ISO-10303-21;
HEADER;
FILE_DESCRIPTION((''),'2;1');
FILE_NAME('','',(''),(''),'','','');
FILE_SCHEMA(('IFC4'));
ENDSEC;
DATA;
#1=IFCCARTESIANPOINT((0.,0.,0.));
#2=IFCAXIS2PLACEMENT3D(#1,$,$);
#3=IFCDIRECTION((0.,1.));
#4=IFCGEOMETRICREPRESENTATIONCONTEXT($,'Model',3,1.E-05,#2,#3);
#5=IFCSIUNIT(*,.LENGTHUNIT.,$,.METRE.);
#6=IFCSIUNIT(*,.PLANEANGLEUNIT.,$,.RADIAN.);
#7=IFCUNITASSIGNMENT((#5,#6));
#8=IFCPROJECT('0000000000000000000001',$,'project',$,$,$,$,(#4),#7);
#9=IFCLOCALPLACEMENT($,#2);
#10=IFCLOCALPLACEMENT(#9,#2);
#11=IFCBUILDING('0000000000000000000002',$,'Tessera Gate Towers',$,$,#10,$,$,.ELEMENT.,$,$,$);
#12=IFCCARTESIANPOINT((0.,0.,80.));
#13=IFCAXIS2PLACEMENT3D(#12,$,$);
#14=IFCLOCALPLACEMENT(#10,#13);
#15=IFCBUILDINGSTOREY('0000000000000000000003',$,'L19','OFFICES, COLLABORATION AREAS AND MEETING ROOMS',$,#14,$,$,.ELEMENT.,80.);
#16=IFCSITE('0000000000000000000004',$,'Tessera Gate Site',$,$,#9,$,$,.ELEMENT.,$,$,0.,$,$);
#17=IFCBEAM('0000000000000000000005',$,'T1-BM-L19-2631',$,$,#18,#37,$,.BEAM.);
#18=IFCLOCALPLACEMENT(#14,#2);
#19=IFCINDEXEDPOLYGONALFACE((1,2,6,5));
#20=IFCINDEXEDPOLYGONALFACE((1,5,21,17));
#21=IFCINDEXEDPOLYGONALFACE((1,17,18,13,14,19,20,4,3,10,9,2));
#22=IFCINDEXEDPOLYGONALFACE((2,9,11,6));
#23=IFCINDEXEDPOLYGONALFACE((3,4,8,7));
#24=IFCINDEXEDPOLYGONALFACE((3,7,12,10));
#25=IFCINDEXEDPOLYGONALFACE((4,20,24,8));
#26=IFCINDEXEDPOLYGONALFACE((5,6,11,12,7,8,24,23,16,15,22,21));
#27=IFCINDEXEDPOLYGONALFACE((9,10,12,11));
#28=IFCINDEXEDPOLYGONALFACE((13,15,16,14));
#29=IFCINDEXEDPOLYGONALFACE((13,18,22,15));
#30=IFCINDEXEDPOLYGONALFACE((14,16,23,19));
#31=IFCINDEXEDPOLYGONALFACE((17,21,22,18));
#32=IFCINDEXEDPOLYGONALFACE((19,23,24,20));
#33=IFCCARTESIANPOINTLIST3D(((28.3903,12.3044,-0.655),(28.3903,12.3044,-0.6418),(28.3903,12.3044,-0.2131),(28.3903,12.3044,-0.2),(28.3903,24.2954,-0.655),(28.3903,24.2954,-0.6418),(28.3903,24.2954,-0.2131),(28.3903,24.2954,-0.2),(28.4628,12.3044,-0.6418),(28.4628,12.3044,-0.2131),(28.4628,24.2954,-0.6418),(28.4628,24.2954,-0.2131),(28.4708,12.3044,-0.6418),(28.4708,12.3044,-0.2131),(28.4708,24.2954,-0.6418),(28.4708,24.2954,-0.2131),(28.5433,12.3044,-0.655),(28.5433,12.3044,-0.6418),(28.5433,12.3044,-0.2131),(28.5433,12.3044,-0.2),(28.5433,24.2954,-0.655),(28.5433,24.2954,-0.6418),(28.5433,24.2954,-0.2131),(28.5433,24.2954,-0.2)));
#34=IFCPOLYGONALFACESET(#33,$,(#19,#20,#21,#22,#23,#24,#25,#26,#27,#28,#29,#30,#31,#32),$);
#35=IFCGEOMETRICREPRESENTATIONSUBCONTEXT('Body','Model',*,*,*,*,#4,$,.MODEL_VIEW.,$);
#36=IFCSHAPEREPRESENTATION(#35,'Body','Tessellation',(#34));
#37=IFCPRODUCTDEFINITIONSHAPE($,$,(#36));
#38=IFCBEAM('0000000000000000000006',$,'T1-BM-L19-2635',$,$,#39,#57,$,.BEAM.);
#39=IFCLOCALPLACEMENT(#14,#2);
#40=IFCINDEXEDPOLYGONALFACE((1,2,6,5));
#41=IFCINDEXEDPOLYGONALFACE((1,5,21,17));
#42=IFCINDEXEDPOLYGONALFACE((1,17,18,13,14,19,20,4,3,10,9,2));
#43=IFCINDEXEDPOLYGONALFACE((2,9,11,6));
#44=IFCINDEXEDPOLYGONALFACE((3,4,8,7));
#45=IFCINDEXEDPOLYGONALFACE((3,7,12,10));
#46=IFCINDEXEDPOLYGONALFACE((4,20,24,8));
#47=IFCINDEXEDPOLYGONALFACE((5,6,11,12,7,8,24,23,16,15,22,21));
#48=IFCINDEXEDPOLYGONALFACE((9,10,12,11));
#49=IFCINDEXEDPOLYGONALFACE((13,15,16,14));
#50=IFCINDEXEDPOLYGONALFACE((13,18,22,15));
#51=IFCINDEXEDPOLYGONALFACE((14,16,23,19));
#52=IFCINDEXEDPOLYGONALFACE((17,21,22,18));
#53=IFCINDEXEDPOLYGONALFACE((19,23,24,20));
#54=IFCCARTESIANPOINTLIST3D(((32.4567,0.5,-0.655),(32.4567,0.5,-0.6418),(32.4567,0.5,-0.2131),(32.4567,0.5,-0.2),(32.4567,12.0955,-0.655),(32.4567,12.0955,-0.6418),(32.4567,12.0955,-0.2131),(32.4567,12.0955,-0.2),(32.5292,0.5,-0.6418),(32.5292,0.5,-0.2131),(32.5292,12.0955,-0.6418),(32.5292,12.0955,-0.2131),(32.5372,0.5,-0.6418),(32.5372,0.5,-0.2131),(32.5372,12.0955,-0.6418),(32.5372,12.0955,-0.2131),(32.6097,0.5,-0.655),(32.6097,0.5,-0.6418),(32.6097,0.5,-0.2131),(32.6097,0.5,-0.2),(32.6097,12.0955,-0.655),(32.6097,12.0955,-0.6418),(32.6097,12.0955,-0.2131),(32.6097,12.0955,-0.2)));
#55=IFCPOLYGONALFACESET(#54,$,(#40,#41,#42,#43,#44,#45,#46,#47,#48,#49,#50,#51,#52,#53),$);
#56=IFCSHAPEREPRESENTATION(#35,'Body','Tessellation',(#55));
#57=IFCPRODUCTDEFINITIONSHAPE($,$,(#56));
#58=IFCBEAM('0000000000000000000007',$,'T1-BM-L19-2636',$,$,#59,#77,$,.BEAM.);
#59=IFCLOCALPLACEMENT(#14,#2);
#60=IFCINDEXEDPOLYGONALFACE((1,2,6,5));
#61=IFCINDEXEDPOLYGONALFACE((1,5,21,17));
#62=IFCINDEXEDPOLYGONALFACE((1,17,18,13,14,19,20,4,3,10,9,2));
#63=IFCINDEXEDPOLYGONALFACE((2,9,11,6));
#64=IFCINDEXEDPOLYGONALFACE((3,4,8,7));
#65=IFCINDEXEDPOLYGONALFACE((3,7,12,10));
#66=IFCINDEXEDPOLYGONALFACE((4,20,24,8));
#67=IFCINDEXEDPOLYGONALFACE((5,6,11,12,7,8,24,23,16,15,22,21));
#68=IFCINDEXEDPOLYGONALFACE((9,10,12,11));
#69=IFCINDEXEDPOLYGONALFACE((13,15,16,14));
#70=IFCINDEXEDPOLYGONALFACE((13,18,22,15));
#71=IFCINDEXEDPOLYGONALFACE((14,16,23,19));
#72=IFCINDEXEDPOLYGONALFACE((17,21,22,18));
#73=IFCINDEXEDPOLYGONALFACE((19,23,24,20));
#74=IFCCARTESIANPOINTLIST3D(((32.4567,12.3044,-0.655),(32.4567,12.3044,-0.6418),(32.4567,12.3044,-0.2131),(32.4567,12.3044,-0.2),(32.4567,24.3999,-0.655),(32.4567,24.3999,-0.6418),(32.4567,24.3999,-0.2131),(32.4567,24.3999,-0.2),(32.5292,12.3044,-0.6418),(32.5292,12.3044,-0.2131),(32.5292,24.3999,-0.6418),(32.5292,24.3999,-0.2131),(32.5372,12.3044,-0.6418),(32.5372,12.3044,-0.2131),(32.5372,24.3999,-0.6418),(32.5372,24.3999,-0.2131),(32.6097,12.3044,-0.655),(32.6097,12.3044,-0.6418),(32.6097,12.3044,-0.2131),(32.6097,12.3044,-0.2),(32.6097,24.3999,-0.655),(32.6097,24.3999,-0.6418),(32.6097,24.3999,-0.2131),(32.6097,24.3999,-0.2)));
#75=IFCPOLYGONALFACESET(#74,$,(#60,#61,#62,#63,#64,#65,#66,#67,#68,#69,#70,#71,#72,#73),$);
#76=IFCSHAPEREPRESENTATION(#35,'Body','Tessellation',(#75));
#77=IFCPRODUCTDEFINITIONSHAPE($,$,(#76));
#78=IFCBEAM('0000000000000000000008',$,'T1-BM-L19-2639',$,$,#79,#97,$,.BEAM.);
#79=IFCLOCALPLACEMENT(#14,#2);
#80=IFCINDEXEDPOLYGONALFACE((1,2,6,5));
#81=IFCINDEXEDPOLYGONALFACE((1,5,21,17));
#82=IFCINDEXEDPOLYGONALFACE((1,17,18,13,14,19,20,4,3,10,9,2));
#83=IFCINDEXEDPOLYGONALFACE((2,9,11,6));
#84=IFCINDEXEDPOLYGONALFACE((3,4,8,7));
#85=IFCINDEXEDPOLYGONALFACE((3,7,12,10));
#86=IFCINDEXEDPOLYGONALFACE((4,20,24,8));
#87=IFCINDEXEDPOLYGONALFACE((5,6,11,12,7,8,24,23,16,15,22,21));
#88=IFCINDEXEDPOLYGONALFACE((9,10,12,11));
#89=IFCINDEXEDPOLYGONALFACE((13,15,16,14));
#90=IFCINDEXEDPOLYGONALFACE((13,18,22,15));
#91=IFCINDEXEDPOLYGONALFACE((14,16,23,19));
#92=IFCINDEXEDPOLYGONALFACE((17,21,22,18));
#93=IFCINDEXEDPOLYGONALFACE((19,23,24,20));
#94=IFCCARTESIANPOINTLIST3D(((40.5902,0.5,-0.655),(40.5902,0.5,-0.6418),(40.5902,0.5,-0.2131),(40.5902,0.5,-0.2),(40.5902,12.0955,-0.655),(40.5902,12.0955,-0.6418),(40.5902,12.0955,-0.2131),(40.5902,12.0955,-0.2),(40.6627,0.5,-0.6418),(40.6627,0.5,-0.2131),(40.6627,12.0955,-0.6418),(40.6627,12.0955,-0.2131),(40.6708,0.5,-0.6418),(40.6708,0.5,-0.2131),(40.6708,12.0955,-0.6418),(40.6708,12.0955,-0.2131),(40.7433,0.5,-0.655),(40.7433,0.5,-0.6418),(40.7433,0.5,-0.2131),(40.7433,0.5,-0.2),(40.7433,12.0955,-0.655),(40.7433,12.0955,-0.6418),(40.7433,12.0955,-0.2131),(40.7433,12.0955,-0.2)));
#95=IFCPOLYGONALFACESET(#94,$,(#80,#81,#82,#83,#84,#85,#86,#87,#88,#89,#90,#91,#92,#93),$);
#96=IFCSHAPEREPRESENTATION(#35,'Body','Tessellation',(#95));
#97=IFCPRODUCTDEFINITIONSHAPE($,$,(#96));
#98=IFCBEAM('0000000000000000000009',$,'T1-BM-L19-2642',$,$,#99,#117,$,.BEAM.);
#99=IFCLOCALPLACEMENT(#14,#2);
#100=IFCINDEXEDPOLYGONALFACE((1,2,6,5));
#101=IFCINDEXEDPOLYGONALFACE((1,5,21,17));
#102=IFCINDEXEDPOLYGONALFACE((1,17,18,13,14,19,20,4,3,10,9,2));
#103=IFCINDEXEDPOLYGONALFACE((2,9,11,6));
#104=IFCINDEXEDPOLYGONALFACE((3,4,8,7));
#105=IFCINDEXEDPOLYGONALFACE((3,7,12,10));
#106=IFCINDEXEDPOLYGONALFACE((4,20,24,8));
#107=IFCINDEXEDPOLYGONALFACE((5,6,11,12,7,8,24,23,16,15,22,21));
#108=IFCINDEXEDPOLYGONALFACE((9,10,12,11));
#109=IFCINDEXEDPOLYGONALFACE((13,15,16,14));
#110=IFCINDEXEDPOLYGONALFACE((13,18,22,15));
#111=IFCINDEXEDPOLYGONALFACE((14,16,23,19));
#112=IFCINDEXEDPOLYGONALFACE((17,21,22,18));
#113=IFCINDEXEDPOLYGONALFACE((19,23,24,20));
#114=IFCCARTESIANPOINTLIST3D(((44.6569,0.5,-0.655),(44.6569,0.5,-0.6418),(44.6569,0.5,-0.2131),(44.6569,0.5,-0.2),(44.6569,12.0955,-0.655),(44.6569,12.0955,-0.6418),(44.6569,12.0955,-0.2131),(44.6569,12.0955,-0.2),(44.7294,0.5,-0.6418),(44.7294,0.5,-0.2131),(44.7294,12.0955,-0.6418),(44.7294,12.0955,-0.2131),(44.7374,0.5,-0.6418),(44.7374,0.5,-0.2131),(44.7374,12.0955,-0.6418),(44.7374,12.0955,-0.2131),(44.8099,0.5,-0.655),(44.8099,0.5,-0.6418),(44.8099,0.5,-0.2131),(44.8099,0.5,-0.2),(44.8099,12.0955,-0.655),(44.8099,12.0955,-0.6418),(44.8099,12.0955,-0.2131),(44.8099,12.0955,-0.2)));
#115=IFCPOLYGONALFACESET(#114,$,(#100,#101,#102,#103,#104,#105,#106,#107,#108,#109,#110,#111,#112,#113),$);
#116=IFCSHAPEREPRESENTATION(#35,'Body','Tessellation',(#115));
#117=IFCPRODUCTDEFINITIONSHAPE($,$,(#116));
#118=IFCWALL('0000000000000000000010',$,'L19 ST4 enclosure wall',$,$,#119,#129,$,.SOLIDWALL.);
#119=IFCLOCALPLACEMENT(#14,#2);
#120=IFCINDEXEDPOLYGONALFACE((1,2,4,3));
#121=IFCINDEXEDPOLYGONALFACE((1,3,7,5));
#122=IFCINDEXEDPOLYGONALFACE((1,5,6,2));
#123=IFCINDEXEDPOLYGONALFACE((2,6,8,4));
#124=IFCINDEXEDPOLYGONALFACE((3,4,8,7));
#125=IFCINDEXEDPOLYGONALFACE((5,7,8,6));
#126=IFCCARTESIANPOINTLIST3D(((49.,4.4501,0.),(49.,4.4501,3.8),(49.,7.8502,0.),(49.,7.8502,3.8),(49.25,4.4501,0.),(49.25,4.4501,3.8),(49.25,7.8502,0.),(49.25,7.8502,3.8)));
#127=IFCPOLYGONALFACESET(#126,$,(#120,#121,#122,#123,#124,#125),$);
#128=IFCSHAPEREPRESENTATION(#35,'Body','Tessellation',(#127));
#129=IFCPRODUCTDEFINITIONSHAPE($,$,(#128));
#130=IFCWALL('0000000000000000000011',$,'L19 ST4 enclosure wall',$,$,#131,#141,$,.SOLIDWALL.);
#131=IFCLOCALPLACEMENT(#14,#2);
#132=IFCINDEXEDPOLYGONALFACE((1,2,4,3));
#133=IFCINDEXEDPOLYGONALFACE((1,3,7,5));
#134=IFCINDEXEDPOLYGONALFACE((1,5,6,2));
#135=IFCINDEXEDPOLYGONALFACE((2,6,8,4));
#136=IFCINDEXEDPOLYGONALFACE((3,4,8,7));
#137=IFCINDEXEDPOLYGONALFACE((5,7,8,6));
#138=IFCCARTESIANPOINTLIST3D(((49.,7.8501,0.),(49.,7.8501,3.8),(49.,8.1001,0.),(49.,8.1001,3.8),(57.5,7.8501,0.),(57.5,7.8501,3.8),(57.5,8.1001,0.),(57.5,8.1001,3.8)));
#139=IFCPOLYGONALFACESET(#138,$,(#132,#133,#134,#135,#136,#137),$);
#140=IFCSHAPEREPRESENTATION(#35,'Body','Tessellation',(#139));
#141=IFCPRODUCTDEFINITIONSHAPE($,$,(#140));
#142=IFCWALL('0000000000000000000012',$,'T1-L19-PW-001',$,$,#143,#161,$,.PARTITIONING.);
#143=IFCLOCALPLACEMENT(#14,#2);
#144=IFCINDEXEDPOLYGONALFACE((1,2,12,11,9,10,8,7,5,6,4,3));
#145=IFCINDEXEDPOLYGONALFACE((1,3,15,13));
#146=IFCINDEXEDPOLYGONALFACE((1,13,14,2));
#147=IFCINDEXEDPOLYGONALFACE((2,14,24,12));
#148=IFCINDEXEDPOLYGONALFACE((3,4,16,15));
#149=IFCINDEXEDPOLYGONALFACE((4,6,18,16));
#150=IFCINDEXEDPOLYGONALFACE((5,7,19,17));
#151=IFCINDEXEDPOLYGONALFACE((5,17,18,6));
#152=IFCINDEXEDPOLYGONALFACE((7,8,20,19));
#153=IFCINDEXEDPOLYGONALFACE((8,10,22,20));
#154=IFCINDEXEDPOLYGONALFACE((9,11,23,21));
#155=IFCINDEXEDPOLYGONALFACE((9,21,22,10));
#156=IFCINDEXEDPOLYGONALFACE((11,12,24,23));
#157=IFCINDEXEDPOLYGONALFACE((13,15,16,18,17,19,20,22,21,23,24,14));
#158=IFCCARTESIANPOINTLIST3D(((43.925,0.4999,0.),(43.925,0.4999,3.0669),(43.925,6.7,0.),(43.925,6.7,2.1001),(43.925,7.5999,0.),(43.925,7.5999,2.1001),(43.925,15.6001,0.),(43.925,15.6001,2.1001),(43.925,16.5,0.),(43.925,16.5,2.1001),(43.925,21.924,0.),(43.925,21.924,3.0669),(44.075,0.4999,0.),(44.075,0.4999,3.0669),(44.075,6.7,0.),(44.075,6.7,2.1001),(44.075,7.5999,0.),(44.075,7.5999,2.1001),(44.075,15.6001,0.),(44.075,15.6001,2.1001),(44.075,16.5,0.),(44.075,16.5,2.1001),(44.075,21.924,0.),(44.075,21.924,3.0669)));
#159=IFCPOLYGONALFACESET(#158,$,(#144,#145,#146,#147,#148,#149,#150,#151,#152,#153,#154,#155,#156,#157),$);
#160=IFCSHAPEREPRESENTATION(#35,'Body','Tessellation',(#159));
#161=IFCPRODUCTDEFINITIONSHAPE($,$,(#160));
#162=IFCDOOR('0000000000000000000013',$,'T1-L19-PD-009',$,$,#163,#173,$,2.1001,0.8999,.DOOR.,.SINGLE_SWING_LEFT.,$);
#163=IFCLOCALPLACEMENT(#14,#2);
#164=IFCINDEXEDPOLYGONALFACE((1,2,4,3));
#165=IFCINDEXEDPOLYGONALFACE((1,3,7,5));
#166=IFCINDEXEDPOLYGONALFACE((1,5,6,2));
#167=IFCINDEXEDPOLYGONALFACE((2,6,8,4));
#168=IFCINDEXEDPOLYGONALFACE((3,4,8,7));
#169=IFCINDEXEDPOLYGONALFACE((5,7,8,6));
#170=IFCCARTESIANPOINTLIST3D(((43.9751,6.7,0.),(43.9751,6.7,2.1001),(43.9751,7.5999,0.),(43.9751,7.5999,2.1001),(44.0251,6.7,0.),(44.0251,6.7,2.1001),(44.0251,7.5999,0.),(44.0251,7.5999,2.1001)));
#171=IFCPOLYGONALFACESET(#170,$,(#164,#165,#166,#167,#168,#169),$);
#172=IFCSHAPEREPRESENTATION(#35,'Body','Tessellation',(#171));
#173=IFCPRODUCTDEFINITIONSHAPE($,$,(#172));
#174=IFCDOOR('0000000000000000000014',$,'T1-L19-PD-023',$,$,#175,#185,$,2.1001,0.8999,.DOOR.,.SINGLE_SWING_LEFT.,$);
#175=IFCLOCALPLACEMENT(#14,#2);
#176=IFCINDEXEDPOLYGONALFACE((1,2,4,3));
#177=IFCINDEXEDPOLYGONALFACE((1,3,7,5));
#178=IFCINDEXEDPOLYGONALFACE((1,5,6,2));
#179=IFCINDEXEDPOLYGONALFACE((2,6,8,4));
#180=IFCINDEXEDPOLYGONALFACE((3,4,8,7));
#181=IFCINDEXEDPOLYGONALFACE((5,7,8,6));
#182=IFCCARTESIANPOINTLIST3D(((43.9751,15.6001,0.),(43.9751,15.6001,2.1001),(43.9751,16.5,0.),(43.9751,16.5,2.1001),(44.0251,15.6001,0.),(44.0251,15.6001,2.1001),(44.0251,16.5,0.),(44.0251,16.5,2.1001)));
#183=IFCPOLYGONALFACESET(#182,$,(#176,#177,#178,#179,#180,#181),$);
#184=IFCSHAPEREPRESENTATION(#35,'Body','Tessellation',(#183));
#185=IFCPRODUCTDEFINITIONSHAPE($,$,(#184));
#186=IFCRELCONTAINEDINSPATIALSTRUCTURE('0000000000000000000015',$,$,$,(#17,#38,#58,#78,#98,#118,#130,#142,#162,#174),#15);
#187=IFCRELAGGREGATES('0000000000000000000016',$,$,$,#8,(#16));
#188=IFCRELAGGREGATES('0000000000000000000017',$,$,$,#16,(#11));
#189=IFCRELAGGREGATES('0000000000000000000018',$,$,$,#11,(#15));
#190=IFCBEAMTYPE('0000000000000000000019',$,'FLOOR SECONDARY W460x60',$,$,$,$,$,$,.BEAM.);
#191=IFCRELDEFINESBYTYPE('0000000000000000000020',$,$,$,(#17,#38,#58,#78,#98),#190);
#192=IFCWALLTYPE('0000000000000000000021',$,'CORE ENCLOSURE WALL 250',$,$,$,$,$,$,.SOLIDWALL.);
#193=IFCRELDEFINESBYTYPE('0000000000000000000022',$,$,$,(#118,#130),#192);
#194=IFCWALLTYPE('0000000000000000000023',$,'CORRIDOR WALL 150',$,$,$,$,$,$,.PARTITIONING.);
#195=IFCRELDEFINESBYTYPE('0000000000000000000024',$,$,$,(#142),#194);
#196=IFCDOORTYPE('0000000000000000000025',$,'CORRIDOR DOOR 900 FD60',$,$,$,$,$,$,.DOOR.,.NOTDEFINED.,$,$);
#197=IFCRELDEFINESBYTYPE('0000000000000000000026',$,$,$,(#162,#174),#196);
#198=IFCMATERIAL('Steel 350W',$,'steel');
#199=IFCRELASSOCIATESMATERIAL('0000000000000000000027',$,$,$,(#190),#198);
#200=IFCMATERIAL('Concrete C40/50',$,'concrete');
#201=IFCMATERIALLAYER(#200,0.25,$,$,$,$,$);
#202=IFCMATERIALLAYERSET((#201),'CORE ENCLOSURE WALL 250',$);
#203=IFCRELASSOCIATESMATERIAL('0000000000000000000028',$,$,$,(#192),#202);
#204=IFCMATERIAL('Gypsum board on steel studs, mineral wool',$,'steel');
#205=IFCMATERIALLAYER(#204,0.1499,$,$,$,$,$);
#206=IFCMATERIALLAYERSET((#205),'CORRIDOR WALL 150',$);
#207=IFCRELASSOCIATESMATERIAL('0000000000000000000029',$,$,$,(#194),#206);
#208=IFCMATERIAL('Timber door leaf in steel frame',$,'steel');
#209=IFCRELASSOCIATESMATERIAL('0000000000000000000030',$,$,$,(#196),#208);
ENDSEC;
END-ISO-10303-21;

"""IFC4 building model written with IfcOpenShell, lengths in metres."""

from ifc_helpers import new_model, si_unit, direction, frame, frame_2d, origin, origin_2d, place, context, subcontext, project, spatial, rectangle, i_section, extrude, source, transform, mapped, material, layer, layer_set, material_profile, profile_set, type_object, element, fill, save


model = new_model("IFC4")

# Units and contexts
model_context = context("Model", 3, precision=1e-05, world=origin(), true_north=direction((0.0, 1.0)))
body_context = subcontext(model_context, "Body", "Model", "MODEL_VIEW")
ifc_project = project(units=[si_unit("LENGTHUNIT", "METRE"), si_unit("PLANEANGLEUNIT", "RADIAN")], contexts=[model_context])

# Site, building, storey
site_placement = place(None, origin())
site = spatial("IfcSite", under=ifc_project, at=site_placement, Name="Tessera Gate Site", CompositionType="ELEMENT", RefElevation=0.0)
building_placement = place(site_placement, origin())
building = spatial("IfcBuilding", under=site, at=building_placement, Name="Tessera Gate Towers", CompositionType="ELEMENT")
storey_placement = place(building_placement, frame((0.0, 0.0, 80.0)))
storey = spatial("IfcBuildingStorey", under=building, at=storey_placement, Name="L19", Description="OFFICES, COLLABORATION AREAS AND MEETING ROOMS", CompositionType="ELEMENT", Elevation=80.0)

# Beams
ifc_material_1 = material(Name="Steel 350W", Category="steel")
ifc_material_profile_1 = material_profile(ifc_material_1, i_section(OverallWidth=0.1531, OverallDepth=0.4551, WebThickness=0.0081, FlangeThickness=0.0132, at=origin_2d()), Name="W460x60")
ifc_profile_set_1 = profile_set([ifc_material_profile_1], Name="Steel 350W")
beam_type_1 = type_object("IfcBeamType", Name="FLOOR SECONDARY W460x60", PredefinedType="BEAM", material=ifc_profile_set_1)
beam_1_placement = place(storey_placement, frame((28.4668, 12.3044, -0.4275), z_axis=(0.0, 1.0, 0.0), x_axis=(-1.0, 0.0, 0.0)))
element("IfcBeam", 1, at=beam_1_placement, inside=storey, type_object=beam_type_1, Name="T1-BM-L19-2631", PredefinedType="BEAM", context=body_context, shape_type="SweptSolid", body=[
    extrude(i_section(OverallWidth=0.1531, OverallDepth=0.4551, WebThickness=0.0081, FlangeThickness=0.0132, at=origin_2d()), origin(), (0.0, 0.0, 1.0), 11.991),
])
beam_2_placement = place(storey_placement, frame((32.5332, 0.5, -0.4275), z_axis=(0.0, 1.0, 0.0), x_axis=(-1.0, 0.0, 0.0)))
element("IfcBeam", 2, at=beam_2_placement, inside=storey, type_object=beam_type_1, Name="T1-BM-L19-2635", PredefinedType="BEAM", context=body_context, shape_type="SweptSolid", body=[
    extrude(i_section(OverallWidth=0.1531, OverallDepth=0.4551, WebThickness=0.0081, FlangeThickness=0.0132, at=origin_2d()), origin(), (0.0, 0.0, 1.0), 11.5955),
])
beam_3_placement = place(storey_placement, frame((32.5332, 12.3044, -0.4275), z_axis=(0.0, 1.0, 0.0), x_axis=(-1.0, 0.0, 0.0)))
element("IfcBeam", 3, at=beam_3_placement, inside=storey, type_object=beam_type_1, Name="T1-BM-L19-2636", PredefinedType="BEAM", context=body_context, shape_type="SweptSolid", body=[
    extrude(i_section(OverallWidth=0.1531, OverallDepth=0.4551, WebThickness=0.0081, FlangeThickness=0.0132, at=origin_2d()), origin(), (0.0, 0.0, 1.0), 12.0955),
])
for number, where, z_axis, x_axis, name in (
    (4, (40.6667, 0.5, -0.4275), (0.0, 1.0, 0.0), (-1.0, 0.0, 0.0), "T1-BM-L19-2639"),
    (5, (44.7334, 0.5, -0.4275), (0.0, 1.0, 0.0), (-1.0, 0.0, 0.0), "T1-BM-L19-2642"),
):
    element("IfcBeam", number, at=place(storey_placement, frame(where, z_axis=z_axis, x_axis=x_axis)), inside=storey, type_object=beam_type_1, Name=name, PredefinedType="BEAM", context=body_context, shape_type="SweptSolid", body=[
        extrude(i_section(OverallWidth=0.1531, OverallDepth=0.4551, WebThickness=0.0081, FlangeThickness=0.0132, at=origin_2d()), origin(), (0.0, 0.0, 1.0), 11.5955),
    ])

# Walls
ifc_material_2 = material(Name="Concrete C40/50", Category="concrete")
ifc_layer_1 = layer(ifc_material_2, 0.25)
ifc_layer_set_1 = layer_set([ifc_layer_1], Name="CORE ENCLOSURE WALL 250")
wall_type_1 = type_object("IfcWallType", Name="CORE ENCLOSURE WALL 250", PredefinedType="SOLIDWALL", material=ifc_layer_set_1)
wall_1_placement = place(storey_placement, frame((49.125, 4.45, 0.0), z_axis=(0.0, 0.0, 1.0), x_axis=(0.0, 1.0, 0.0)))
element("IfcWall", 6, at=wall_1_placement, inside=storey, type_object=wall_type_1, Name="L19 ST4 enclosure wall", PredefinedType="SOLIDWALL", context=body_context, shape_type="SweptSolid", body=[
    extrude(rectangle(XDim=3.4001, YDim=0.25, at=frame_2d((1.7002, 0.0))), origin(), (0.0, 0.0, 1.0), 3.8),
])
wall_2_placement = place(storey_placement, frame((49.0, 7.9751, 0.0), z_axis=(0.0, 0.0, 1.0), x_axis=(1.0, 0.0, 0.0)))
element("IfcWall", 7, at=wall_2_placement, inside=storey, type_object=wall_type_1, Name="L19 ST4 enclosure wall", PredefinedType="SOLIDWALL", context=body_context, shape_type="SweptSolid", body=[
    extrude(rectangle(XDim=8.5, YDim=0.25, at=frame_2d((4.25, 0.0))), origin(), (0.0, 0.0, 1.0), 3.8),
])

# Wall, openings, doors
ifc_material_3 = material(Name="Gypsum board on steel studs, mineral wool", Category="steel")
ifc_layer_2 = layer(ifc_material_3, 0.1499)
ifc_layer_set_2 = layer_set([ifc_layer_2], Name="CORRIDOR WALL 150")
wall_type_2 = type_object("IfcWallType", Name="CORRIDOR WALL 150", PredefinedType="PARTITIONING", material=ifc_layer_set_2)
wall_3_placement = place(storey_placement, frame((44.0, 0.5, 0.0), z_axis=(0.0, 0.0, 1.0), x_axis=(0.0, 1.0, 0.0)))
wall_3 = element("IfcWall", 8, at=wall_3_placement, inside=storey, type_object=wall_type_2, Name="T1-L19-PW-001", PredefinedType="PARTITIONING", context=body_context, shape_type="SweptSolid", body=[
    extrude(rectangle(XDim=21.4241, YDim=0.1499, at=frame_2d((10.7119, 0.0))), origin(), (0.0, 0.0, 1.0), 3.0669),
])
shared_shape_1 = source(origin(), body_context, "Body", "SweptSolid", [
    extrude(rectangle(XDim=0.8999, YDim=2.1001, at=frame_2d((0.45, 1.05))), frame((0.0, 0.085, 0.0), z_axis=(0.0, -1.0, 0.0), x_axis=(1.0, 0.0, 0.0)), (0.0, 0.0, 1.0), 0.1699),
])
opening_1_placement = place(wall_3_placement, frame((6.2, 0.0, 0.0)))
opening_1 = element("IfcOpeningElement", 9, at=opening_1_placement, cuts=wall_3, PredefinedType="OPENING", context=body_context, shape_type="MappedRepresentation", body=[
    mapped(shared_shape_1, transform((0.0, 0.0, 0.0), scale=1.0)),
])
opening_2_placement = place(wall_3_placement, frame((15.1001, 0.0, 0.0)))
opening_2 = element("IfcOpeningElement", 10, at=opening_2_placement, cuts=wall_3, PredefinedType="OPENING", context=body_context, shape_type="MappedRepresentation", body=[
    mapped(shared_shape_1, transform((0.0, 0.0, 0.0), scale=1.0)),
])
ifc_material_4 = material(Name="Timber door leaf in steel frame", Category="steel")
door_type_1 = type_object("IfcDoorType", Name="CORRIDOR DOOR 900 FD60", OperationType="NOTDEFINED", PredefinedType="DOOR", material=ifc_material_4)
shared_shape_2 = source(origin(), body_context, "Body", "SweptSolid", [
    extrude(rectangle(XDim=0.8999, YDim=2.1001, at=frame_2d((0.45, 1.05))), frame((0.0, 0.0249, 0.0), z_axis=(0.0, -1.0, 0.0), x_axis=(1.0, 0.0, 0.0)), (0.0, 0.0, 1.0), 0.05),
])
door_1_placement = place(opening_1_placement, origin())
door_1 = element("IfcDoor", 11, at=door_1_placement, inside=storey, type_object=door_type_1, Name="T1-L19-PD-009", OperationType="SINGLE_SWING_LEFT", OverallHeight=2.1001, OverallWidth=0.8999, PredefinedType="DOOR", context=body_context, shape_type="MappedRepresentation", body=[
    mapped(shared_shape_2, transform((0.0, 0.0, 0.0), scale=1.0)),
])
fill(opening_1, door_1)
door_2_placement = place(opening_2_placement, origin())
door_2 = element("IfcDoor", 12, at=door_2_placement, inside=storey, type_object=door_type_1, Name="T1-L19-PD-023", OperationType="SINGLE_SWING_LEFT", OverallHeight=2.1001, OverallWidth=0.8999, PredefinedType="DOOR", context=body_context, shape_type="MappedRepresentation", body=[
    mapped(shared_shape_2, transform((0.0, 0.0, 0.0), scale=1.0)),
])
fill(opening_2, door_2)

save(model, "model.ifc")
